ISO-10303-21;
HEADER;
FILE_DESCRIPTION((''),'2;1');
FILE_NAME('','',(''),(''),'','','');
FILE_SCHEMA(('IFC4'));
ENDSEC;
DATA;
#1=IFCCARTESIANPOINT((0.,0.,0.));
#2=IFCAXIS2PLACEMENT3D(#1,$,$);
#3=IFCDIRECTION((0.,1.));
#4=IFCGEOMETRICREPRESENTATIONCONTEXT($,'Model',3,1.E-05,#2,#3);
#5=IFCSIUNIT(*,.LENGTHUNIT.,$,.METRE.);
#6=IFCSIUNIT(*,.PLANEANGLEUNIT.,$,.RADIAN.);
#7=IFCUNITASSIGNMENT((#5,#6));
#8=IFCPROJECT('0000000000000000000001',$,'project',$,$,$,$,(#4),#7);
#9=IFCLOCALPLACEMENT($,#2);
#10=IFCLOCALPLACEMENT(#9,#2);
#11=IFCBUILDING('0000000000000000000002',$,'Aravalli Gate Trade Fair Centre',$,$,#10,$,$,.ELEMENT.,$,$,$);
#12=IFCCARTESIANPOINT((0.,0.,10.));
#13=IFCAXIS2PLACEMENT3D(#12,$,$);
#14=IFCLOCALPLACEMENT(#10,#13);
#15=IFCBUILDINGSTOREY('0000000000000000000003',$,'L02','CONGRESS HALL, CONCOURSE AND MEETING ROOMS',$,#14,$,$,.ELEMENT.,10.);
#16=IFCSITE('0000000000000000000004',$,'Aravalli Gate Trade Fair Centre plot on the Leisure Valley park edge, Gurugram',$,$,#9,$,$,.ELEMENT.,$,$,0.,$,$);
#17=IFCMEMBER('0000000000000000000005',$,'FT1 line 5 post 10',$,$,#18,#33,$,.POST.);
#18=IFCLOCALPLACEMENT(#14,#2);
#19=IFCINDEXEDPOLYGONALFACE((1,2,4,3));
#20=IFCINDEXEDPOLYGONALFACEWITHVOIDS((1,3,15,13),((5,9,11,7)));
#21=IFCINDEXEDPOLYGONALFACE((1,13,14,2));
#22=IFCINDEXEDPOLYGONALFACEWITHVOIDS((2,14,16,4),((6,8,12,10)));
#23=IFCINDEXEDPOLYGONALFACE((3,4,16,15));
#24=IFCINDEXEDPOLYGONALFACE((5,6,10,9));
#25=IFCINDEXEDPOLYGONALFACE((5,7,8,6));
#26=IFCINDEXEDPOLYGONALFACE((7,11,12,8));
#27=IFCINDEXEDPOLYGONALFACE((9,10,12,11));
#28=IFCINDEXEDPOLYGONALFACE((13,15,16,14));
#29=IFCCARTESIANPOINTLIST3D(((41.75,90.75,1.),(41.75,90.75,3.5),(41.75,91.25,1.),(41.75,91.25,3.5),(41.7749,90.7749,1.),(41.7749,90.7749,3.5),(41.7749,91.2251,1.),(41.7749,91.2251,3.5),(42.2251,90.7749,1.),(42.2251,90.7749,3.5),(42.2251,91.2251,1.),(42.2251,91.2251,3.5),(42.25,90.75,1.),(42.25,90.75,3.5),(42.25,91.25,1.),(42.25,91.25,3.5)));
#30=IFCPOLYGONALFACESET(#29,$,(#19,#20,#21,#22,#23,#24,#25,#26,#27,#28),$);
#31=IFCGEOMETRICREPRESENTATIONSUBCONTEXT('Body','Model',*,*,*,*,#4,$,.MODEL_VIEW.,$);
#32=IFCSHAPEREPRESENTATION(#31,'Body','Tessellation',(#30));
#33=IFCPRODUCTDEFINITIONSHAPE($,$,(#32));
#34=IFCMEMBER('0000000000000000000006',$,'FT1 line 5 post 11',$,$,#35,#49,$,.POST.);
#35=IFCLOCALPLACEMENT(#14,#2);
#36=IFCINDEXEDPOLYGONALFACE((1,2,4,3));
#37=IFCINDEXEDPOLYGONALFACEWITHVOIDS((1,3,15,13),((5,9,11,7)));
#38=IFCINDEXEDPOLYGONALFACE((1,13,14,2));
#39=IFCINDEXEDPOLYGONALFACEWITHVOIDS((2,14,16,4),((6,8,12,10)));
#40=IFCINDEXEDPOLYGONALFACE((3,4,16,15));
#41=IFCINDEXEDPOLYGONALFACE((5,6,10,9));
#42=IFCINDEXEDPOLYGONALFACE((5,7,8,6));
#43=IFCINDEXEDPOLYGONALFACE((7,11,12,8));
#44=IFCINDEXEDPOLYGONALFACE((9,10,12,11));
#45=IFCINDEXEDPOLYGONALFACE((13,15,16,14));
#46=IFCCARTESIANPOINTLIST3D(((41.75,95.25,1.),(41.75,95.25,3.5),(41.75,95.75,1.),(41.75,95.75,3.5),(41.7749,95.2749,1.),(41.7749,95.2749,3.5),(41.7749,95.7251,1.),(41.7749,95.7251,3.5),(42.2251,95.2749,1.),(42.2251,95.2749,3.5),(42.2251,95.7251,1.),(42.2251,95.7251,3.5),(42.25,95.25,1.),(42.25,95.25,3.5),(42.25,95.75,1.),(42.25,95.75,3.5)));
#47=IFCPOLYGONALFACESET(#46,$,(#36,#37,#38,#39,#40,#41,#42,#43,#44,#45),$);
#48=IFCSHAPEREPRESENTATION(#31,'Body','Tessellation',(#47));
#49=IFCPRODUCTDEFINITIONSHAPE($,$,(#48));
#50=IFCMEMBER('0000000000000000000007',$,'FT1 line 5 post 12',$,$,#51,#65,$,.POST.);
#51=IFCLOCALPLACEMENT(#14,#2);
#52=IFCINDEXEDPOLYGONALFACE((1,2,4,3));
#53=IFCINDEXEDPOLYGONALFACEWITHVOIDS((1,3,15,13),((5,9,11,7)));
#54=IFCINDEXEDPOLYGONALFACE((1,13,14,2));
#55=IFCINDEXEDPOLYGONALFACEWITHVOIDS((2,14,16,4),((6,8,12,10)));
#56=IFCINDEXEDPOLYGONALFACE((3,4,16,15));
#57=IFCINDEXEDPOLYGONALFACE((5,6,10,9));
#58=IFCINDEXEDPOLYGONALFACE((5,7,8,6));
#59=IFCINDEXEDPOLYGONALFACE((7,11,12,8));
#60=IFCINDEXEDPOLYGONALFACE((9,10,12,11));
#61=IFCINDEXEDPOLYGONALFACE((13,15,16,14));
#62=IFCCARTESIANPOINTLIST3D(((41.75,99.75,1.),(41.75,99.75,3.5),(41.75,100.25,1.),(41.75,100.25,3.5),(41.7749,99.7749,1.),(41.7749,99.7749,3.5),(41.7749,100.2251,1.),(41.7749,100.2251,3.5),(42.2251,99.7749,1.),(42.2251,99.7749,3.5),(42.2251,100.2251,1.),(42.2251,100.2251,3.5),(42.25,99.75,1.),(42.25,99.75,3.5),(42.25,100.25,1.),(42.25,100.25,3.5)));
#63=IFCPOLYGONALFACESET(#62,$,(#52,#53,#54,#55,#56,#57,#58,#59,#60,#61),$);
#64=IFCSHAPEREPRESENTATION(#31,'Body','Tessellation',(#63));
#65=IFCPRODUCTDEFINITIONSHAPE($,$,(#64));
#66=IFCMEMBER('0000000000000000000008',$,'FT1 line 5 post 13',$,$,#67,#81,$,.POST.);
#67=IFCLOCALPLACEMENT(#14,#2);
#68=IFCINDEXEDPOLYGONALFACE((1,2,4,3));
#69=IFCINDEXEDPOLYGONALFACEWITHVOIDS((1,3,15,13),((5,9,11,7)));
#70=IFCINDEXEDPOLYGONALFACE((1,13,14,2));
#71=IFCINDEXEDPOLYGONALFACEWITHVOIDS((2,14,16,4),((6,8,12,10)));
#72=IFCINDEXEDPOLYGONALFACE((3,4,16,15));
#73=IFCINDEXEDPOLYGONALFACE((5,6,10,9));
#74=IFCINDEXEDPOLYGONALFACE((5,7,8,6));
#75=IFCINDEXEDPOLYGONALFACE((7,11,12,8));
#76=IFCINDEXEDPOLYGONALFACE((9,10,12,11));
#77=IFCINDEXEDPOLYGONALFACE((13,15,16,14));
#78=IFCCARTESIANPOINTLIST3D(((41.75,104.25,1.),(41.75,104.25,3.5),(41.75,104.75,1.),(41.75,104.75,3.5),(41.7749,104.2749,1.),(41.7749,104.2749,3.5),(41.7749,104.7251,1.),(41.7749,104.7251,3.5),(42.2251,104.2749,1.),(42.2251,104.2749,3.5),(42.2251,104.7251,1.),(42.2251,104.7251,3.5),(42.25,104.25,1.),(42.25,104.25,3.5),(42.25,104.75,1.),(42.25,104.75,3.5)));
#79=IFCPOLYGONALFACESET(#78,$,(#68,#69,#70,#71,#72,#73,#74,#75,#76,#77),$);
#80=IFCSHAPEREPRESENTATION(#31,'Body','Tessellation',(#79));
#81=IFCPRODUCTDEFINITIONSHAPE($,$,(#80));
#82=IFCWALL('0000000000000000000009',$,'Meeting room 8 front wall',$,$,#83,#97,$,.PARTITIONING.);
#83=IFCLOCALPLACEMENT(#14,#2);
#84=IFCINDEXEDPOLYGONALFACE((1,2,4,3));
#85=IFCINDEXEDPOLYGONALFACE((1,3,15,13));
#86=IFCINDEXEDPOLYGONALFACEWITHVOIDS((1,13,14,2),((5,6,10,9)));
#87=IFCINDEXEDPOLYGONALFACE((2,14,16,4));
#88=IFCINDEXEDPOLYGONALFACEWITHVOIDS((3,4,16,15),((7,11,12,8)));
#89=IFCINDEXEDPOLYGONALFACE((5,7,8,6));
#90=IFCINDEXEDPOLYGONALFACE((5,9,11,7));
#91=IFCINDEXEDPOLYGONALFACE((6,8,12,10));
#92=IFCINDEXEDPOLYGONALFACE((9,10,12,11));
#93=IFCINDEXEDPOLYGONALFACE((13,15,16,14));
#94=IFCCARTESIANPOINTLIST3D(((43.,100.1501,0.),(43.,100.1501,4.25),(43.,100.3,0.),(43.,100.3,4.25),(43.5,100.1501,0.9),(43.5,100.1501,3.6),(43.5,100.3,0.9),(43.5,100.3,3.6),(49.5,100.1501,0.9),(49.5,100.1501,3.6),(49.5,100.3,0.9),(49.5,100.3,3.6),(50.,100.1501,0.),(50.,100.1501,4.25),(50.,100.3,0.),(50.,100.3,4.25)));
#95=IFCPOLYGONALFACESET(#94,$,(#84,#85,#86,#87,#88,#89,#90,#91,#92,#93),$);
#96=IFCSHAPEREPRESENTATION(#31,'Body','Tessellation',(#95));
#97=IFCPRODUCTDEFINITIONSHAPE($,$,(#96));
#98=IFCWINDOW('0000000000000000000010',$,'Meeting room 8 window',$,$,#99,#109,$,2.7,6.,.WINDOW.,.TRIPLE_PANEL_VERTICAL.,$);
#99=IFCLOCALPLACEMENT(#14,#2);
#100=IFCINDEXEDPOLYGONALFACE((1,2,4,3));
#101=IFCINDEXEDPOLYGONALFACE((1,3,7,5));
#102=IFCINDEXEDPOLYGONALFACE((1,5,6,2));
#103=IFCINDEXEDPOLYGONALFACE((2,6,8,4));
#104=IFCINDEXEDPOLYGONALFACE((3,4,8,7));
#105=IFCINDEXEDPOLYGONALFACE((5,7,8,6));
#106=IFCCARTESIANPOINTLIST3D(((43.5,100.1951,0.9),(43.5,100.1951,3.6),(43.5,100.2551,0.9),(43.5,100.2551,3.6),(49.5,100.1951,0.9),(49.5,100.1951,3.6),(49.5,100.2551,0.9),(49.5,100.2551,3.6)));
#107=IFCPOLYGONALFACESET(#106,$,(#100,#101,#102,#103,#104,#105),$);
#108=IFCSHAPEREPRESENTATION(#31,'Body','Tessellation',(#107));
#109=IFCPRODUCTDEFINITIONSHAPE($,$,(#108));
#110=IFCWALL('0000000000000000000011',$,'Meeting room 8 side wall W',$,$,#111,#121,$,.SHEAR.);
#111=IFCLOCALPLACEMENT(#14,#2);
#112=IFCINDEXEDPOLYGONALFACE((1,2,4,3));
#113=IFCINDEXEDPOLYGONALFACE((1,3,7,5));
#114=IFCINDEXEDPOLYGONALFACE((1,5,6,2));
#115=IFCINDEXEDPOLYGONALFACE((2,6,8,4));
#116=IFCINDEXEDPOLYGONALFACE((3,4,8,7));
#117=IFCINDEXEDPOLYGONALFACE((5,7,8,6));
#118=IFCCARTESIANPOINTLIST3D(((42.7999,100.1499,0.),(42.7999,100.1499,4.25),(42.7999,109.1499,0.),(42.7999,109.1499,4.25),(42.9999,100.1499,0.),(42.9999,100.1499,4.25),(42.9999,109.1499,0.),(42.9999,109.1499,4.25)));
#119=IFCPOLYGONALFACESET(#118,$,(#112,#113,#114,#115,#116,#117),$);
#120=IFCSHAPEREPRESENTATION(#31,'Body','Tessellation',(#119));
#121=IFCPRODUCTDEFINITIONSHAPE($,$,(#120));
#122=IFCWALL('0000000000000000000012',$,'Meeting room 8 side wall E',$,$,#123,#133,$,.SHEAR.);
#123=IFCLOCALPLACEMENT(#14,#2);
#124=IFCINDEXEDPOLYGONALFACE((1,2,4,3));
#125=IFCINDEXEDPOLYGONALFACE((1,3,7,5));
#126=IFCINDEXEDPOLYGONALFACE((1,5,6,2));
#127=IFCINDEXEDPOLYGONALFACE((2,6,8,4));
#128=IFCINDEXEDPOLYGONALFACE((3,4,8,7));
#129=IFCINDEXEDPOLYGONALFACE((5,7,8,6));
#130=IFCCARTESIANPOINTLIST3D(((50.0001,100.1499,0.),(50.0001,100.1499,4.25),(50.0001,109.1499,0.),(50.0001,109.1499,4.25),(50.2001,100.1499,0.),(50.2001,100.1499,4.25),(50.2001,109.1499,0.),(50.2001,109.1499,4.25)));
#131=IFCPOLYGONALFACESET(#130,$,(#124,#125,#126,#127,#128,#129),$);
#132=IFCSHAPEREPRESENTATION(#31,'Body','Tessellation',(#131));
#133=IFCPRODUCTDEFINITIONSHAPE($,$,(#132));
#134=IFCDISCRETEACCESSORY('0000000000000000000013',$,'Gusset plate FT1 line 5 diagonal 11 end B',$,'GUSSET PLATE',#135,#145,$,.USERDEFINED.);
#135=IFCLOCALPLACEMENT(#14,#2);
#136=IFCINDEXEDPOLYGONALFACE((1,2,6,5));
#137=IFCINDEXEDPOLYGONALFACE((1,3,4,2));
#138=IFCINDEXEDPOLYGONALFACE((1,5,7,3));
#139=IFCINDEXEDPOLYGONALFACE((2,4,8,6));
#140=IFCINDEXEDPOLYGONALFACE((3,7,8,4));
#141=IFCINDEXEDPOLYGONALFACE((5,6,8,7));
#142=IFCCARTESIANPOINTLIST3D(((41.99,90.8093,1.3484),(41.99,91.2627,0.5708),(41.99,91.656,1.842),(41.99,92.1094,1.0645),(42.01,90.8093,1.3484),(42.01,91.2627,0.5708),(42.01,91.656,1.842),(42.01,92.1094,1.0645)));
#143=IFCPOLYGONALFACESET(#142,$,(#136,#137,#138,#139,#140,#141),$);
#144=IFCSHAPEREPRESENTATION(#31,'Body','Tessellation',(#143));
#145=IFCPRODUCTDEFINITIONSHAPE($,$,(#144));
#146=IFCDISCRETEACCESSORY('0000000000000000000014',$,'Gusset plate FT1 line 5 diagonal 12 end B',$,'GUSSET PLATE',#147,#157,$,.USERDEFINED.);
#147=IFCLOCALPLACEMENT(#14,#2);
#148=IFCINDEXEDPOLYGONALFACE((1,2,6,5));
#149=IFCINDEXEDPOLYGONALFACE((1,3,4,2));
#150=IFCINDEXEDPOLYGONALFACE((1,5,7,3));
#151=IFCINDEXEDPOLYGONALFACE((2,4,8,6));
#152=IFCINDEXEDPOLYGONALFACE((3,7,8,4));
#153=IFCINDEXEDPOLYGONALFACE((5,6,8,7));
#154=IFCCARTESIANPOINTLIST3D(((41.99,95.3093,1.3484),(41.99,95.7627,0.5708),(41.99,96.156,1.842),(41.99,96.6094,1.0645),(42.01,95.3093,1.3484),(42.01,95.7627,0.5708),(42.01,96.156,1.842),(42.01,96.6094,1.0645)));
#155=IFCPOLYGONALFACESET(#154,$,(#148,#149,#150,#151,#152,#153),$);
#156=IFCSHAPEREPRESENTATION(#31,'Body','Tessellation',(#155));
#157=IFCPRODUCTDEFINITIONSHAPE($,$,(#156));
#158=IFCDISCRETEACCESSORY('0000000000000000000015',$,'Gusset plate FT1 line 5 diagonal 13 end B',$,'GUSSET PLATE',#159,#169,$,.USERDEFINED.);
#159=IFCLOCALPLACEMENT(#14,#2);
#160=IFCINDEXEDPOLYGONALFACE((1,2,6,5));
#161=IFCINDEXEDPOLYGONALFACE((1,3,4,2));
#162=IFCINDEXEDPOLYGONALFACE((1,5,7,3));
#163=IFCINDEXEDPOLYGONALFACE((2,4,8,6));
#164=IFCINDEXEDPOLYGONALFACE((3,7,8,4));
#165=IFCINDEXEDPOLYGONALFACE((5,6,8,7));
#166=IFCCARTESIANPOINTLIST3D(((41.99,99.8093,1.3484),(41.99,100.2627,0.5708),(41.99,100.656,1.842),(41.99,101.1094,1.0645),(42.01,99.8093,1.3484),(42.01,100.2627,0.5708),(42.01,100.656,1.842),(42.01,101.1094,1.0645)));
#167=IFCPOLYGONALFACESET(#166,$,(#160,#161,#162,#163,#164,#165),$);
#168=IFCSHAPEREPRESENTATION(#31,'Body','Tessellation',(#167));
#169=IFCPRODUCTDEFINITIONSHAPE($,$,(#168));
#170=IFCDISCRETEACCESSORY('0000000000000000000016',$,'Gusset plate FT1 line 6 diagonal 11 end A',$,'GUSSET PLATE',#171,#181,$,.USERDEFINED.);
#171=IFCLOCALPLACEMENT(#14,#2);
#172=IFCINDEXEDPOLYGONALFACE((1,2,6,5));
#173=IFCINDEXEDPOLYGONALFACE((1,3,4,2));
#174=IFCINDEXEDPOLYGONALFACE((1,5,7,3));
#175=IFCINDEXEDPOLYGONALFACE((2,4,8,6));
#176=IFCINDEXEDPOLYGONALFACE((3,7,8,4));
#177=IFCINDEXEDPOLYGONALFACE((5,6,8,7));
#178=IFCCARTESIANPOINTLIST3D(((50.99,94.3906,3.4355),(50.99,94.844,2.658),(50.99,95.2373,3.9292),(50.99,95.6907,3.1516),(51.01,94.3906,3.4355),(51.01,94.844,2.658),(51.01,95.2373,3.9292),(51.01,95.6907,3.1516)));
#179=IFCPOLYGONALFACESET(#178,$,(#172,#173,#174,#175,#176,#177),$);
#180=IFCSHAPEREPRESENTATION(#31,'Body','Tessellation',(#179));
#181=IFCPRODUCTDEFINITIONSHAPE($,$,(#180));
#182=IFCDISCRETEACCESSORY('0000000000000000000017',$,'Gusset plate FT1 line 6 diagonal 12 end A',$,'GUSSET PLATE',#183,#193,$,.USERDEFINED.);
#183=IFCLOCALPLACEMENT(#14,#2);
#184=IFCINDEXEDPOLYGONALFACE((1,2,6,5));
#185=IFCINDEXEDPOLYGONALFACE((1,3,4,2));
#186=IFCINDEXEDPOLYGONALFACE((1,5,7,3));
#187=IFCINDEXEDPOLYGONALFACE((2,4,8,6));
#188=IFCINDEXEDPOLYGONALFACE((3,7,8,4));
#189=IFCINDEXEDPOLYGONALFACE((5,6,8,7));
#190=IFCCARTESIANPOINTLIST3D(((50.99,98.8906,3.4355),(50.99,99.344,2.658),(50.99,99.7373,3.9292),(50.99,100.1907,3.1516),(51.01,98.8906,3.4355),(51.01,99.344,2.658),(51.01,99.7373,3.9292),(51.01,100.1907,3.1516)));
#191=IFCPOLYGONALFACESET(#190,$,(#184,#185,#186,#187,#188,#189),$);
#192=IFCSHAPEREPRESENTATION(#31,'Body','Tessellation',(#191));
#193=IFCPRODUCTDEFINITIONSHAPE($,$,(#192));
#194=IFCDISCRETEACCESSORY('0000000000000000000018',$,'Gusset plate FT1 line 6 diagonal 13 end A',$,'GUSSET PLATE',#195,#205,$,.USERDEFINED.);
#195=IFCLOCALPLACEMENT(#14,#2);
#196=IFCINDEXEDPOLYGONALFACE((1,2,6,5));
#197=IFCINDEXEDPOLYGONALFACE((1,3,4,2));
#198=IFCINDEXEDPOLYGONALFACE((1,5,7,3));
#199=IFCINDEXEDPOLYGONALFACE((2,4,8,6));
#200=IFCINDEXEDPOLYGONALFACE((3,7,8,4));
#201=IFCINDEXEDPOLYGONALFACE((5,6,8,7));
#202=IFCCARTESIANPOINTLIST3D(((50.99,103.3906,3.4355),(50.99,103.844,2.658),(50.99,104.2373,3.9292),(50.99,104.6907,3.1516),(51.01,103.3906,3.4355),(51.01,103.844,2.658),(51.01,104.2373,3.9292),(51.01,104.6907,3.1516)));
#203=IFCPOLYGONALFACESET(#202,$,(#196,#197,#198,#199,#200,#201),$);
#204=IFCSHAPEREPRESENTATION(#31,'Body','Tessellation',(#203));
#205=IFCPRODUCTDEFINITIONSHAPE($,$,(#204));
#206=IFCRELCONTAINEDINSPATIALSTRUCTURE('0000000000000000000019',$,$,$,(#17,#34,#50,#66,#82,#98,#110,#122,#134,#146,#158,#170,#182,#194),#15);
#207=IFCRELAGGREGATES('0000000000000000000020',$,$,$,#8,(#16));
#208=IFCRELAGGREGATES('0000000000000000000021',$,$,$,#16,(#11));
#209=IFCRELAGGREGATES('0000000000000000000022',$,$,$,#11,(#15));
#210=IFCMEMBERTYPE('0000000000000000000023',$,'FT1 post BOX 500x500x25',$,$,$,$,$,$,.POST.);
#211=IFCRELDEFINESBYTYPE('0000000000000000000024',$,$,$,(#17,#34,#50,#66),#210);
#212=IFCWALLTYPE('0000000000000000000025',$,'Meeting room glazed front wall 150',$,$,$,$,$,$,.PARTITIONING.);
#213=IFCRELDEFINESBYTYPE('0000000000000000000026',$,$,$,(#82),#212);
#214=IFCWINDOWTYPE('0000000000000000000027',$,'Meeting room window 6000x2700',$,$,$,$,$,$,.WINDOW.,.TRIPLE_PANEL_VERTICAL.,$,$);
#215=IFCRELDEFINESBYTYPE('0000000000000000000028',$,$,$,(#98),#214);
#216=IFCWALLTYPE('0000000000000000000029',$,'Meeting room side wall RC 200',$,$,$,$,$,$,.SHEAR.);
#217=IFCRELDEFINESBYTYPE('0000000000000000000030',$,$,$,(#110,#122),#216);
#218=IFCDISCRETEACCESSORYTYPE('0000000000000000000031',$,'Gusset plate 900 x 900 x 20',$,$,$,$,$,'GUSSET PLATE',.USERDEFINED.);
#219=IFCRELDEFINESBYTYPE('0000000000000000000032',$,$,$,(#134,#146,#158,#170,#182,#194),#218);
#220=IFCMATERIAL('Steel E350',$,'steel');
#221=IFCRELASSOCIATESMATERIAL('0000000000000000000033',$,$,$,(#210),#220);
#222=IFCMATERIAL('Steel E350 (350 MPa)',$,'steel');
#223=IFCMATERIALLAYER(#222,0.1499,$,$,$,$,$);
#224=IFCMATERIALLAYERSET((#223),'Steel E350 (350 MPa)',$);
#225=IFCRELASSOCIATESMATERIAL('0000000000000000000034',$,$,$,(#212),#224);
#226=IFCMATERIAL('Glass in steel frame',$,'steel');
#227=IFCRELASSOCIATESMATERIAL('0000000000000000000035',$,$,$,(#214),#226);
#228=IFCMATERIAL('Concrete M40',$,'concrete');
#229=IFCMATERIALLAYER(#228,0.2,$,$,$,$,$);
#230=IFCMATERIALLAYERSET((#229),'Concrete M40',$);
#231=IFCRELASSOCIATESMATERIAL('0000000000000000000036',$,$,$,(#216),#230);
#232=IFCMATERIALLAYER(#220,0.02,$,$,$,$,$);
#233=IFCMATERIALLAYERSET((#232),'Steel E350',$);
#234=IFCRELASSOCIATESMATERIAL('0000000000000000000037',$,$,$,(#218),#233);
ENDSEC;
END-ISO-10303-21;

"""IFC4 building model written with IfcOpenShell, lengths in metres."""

from ifc_helpers import new_model, si_unit, direction, frame, frame_2d, origin, origin_2d, place, context, subcontext, project, spatial, polyline, rectangle, hollow_rectangle, outline, extrude, material, layer, layer_set, material_profile, profile_set, type_object, element, fill, save


model = new_model("IFC4")

# Units and contexts
model_context = context("Model", 3, precision=1e-05, world=origin(), true_north=direction((0.0, 1.0)))
body_context = subcontext(model_context, "Body", "Model", "MODEL_VIEW")
ifc_project = project(units=[si_unit("LENGTHUNIT", "METRE"), si_unit("PLANEANGLEUNIT", "RADIAN")], contexts=[model_context])

# Site, building, storey
site_placement = place(None, origin())
site = spatial("IfcSite", under=ifc_project, at=site_placement, Name="Aravalli Gate Trade Fair Centre plot on the Leisure Valley park edge, Gurugram", CompositionType="ELEMENT", RefElevation=0.0)
building_placement = place(site_placement, origin())
building = spatial("IfcBuilding", under=site, at=building_placement, Name="Aravalli Gate Trade Fair Centre", CompositionType="ELEMENT")
storey_placement = place(building_placement, frame((0.0, 0.0, 10.0)))
storey = spatial("IfcBuildingStorey", under=building, at=storey_placement, Name="L02", Description="CONGRESS HALL, CONCOURSE AND MEETING ROOMS", CompositionType="ELEMENT", Elevation=10.0)

# Members
ifc_material_1 = material(Name="Steel E350", Category="steel")
ifc_material_profile_1 = material_profile(ifc_material_1, hollow_rectangle(XDim=0.5, YDim=0.5, WallThickness=0.0249, at=origin_2d()), Name="BOX 500x500x25")
ifc_profile_set_1 = profile_set([ifc_material_profile_1], Name="Steel E350")
member_type_1 = type_object("IfcMemberType", Name="FT1 post BOX 500x500x25", PredefinedType="POST", material=ifc_profile_set_1)
for number, where, z_axis, x_axis, name in (
    (1, (42.0, 91.0, 1.0), (0.0, 0.0, 1.0), (1.0, 0.0, 0.0), "FT1 line 5 post 10"),
    (2, (42.0, 95.5, 1.0), (0.0, 0.0, 1.0), (1.0, 0.0, 0.0), "FT1 line 5 post 11"),
    (3, (42.0, 100.0, 1.0), (0.0, 0.0, 1.0), (1.0, 0.0, 0.0), "FT1 line 5 post 12"),
    (4, (42.0, 104.5, 1.0), (0.0, 0.0, 1.0), (1.0, 0.0, 0.0), "FT1 line 5 post 13"),
):
    element("IfcMember", number, at=place(storey_placement, frame(where, z_axis=z_axis, x_axis=x_axis)), inside=storey, type_object=member_type_1, Name=name, PredefinedType="POST", context=body_context, shape_type="SweptSolid", body=[
        extrude(hollow_rectangle(XDim=0.5, YDim=0.5, WallThickness=0.0249, at=origin_2d()), origin(), (0.0, 0.0, 1.0), 2.5),
    ])

# Wall, opening, window
ifc_material_2 = material(Name="Steel E350 (350 MPa)", Category="steel")
ifc_layer_1 = layer(ifc_material_2, 0.1499)
ifc_layer_set_1 = layer_set([ifc_layer_1], Name="Steel E350 (350 MPa)")
wall_type_1 = type_object("IfcWallType", Name="Meeting room glazed front wall 150", PredefinedType="PARTITIONING", material=ifc_layer_set_1)
wall_placement = place(storey_placement, frame((43.0, 100.2251, 0.0), z_axis=(0.0, 0.0, 1.0), x_axis=(1.0, 0.0, 0.0)))
wall = element("IfcWall", 5, at=wall_placement, inside=storey, type_object=wall_type_1, Name="Meeting room 8 front wall", PredefinedType="PARTITIONING", context=body_context, shape_type="SweptSolid", body=[
    extrude(rectangle(XDim=7.0, YDim=0.1499, at=frame_2d((3.5, 0.0))), origin(), (0.0, 0.0, 1.0), 4.25),
])
opening_placement = place(wall_placement, frame((0.5, 0.0, 0.8999)))
opening = element("IfcOpeningElement", 6, at=opening_placement, cuts=wall, PredefinedType="OPENING", context=body_context, shape_type="SweptSolid", body=[
    extrude(rectangle(XDim=6.0, YDim=2.7, at=frame_2d((3.0, 1.3501))), frame((0.0, 0.085, 0.0), z_axis=(0.0, -1.0, 0.0), x_axis=(1.0, 0.0, 0.0)), (0.0, 0.0, 1.0), 0.1699),
])
ifc_material_3 = material(Name="Glass in steel frame", Category="steel")
window_type = type_object("IfcWindowType", Name="Meeting room window 6000x2700", PartitioningType="TRIPLE_PANEL_VERTICAL", PredefinedType="WINDOW", material=ifc_material_3)
window_placement = place(opening_placement, origin())
window = element("IfcWindow", 7, at=window_placement, inside=storey, type_object=window_type, Name="Meeting room 8 window", OverallHeight=2.7, OverallWidth=6.0, PartitioningType="TRIPLE_PANEL_VERTICAL", PredefinedType="WINDOW", context=body_context, shape_type="SweptSolid", body=[
    extrude(rectangle(XDim=6.0, YDim=2.7, at=frame_2d((3.0, 1.3501))), frame((0.0, 0.03, 0.0), z_axis=(0.0, -1.0, 0.0), x_axis=(1.0, 0.0, 0.0)), (0.0, 0.0, 1.0), 0.0601),
])
fill(opening, window)

# Walls
ifc_material_4 = material(Name="Concrete M40", Category="concrete")
ifc_layer_2 = layer(ifc_material_4, 0.2)
ifc_layer_set_2 = layer_set([ifc_layer_2], Name="Concrete M40")
wall_type_2 = type_object("IfcWallType", Name="Meeting room side wall RC 200", PredefinedType="SHEAR", material=ifc_layer_set_2)
for number, where, z_axis, x_axis, name in (
    (8, (42.8999, 100.1499, 0.0), (0.0, 0.0, 1.0), (0.0, 1.0, 0.0), "Meeting room 8 side wall W"),
    (9, (50.1001, 100.1499, 0.0), (0.0, 0.0, 1.0), (0.0, 1.0, 0.0), "Meeting room 8 side wall E"),
):
    element("IfcWall", number, at=place(storey_placement, frame(where, z_axis=z_axis, x_axis=x_axis)), inside=storey, type_object=wall_type_2, Name=name, PredefinedType="SHEAR", context=body_context, shape_type="SweptSolid", body=[
        extrude(rectangle(XDim=9.0, YDim=0.2, at=frame_2d((4.5, 0.0))), origin(), (0.0, 0.0, 1.0), 4.25),
    ])

# Discrete accessories
ifc_layer_3 = layer(ifc_material_1, 0.02)
ifc_layer_set_3 = layer_set([ifc_layer_3], Name="Steel E350")
discrete_accessory_type = type_object("IfcDiscreteAccessoryType", Name="Gusset plate 900 x 900 x 20", ElementType="GUSSET PLATE", PredefinedType="USERDEFINED", material=ifc_layer_set_3)
for number, where, z_axis, x_axis, name in (
    (10, (42.01, 91.656, 1.842), (1.0, 0.0, 0.0), (0.0, -0.863887, -0.503685), "Gusset plate FT1 line 5 diagonal 11 end B"),
    (11, (42.01, 96.156, 1.842), (1.0, 0.0, 0.0), (0.0, -0.863887, -0.503685), "Gusset plate FT1 line 5 diagonal 12 end B"),
    (12, (42.01, 100.656, 1.842), (1.0, 0.0, 0.0), (0.0, -0.863887, -0.503685), "Gusset plate FT1 line 5 diagonal 13 end B"),
):
    element("IfcDiscreteAccessory", number, at=place(storey_placement, frame(where, z_axis=z_axis, x_axis=x_axis)), inside=storey, type_object=discrete_accessory_type, Name=name, ObjectType="GUSSET PLATE", PredefinedType="USERDEFINED", context=body_context, shape_type="SweptSolid", body=[
        extrude(outline(polyline([(0.0, 0.0), (0.9801, 0.0), (0.9801, 0.9001), (0.0, 0.9001), (0.0, 0.0)])), origin(), (0.0, 0.0, -1.0), 0.02),
    ])
for number, where, z_axis, x_axis, name in (
    (13, (50.99, 94.3906, 3.4355), (-1.0, 0.0, 0.0), (0.0, 0.863887, 0.503685), "Gusset plate FT1 line 6 diagonal 11 end A"),
    (14, (50.99, 98.8906, 3.4355), (-1.0, 0.0, 0.0), (0.0, 0.863887, 0.503685), "Gusset plate FT1 line 6 diagonal 12 end A"),
    (15, (50.99, 103.3906, 3.4355), (-1.0, 0.0, 0.0), (0.0, 0.863887, 0.503685), "Gusset plate FT1 line 6 diagonal 13 end A"),
):
    element("IfcDiscreteAccessory", number, at=place(storey_placement, frame(where, z_axis=z_axis, x_axis=x_axis)), inside=storey, type_object=discrete_accessory_type, Name=name, ObjectType="GUSSET PLATE", PredefinedType="USERDEFINED", context=body_context, shape_type="SweptSolid", body=[
        extrude(outline(polyline([(0.0, 0.0), (0.9801, 0.0), (0.9801, 0.9001), (0.0, 0.9001), (0.0, 0.0)])), origin(), (0.0, 0.0, -1.0), 0.02),
    ])

save(model, "model.ifc")
